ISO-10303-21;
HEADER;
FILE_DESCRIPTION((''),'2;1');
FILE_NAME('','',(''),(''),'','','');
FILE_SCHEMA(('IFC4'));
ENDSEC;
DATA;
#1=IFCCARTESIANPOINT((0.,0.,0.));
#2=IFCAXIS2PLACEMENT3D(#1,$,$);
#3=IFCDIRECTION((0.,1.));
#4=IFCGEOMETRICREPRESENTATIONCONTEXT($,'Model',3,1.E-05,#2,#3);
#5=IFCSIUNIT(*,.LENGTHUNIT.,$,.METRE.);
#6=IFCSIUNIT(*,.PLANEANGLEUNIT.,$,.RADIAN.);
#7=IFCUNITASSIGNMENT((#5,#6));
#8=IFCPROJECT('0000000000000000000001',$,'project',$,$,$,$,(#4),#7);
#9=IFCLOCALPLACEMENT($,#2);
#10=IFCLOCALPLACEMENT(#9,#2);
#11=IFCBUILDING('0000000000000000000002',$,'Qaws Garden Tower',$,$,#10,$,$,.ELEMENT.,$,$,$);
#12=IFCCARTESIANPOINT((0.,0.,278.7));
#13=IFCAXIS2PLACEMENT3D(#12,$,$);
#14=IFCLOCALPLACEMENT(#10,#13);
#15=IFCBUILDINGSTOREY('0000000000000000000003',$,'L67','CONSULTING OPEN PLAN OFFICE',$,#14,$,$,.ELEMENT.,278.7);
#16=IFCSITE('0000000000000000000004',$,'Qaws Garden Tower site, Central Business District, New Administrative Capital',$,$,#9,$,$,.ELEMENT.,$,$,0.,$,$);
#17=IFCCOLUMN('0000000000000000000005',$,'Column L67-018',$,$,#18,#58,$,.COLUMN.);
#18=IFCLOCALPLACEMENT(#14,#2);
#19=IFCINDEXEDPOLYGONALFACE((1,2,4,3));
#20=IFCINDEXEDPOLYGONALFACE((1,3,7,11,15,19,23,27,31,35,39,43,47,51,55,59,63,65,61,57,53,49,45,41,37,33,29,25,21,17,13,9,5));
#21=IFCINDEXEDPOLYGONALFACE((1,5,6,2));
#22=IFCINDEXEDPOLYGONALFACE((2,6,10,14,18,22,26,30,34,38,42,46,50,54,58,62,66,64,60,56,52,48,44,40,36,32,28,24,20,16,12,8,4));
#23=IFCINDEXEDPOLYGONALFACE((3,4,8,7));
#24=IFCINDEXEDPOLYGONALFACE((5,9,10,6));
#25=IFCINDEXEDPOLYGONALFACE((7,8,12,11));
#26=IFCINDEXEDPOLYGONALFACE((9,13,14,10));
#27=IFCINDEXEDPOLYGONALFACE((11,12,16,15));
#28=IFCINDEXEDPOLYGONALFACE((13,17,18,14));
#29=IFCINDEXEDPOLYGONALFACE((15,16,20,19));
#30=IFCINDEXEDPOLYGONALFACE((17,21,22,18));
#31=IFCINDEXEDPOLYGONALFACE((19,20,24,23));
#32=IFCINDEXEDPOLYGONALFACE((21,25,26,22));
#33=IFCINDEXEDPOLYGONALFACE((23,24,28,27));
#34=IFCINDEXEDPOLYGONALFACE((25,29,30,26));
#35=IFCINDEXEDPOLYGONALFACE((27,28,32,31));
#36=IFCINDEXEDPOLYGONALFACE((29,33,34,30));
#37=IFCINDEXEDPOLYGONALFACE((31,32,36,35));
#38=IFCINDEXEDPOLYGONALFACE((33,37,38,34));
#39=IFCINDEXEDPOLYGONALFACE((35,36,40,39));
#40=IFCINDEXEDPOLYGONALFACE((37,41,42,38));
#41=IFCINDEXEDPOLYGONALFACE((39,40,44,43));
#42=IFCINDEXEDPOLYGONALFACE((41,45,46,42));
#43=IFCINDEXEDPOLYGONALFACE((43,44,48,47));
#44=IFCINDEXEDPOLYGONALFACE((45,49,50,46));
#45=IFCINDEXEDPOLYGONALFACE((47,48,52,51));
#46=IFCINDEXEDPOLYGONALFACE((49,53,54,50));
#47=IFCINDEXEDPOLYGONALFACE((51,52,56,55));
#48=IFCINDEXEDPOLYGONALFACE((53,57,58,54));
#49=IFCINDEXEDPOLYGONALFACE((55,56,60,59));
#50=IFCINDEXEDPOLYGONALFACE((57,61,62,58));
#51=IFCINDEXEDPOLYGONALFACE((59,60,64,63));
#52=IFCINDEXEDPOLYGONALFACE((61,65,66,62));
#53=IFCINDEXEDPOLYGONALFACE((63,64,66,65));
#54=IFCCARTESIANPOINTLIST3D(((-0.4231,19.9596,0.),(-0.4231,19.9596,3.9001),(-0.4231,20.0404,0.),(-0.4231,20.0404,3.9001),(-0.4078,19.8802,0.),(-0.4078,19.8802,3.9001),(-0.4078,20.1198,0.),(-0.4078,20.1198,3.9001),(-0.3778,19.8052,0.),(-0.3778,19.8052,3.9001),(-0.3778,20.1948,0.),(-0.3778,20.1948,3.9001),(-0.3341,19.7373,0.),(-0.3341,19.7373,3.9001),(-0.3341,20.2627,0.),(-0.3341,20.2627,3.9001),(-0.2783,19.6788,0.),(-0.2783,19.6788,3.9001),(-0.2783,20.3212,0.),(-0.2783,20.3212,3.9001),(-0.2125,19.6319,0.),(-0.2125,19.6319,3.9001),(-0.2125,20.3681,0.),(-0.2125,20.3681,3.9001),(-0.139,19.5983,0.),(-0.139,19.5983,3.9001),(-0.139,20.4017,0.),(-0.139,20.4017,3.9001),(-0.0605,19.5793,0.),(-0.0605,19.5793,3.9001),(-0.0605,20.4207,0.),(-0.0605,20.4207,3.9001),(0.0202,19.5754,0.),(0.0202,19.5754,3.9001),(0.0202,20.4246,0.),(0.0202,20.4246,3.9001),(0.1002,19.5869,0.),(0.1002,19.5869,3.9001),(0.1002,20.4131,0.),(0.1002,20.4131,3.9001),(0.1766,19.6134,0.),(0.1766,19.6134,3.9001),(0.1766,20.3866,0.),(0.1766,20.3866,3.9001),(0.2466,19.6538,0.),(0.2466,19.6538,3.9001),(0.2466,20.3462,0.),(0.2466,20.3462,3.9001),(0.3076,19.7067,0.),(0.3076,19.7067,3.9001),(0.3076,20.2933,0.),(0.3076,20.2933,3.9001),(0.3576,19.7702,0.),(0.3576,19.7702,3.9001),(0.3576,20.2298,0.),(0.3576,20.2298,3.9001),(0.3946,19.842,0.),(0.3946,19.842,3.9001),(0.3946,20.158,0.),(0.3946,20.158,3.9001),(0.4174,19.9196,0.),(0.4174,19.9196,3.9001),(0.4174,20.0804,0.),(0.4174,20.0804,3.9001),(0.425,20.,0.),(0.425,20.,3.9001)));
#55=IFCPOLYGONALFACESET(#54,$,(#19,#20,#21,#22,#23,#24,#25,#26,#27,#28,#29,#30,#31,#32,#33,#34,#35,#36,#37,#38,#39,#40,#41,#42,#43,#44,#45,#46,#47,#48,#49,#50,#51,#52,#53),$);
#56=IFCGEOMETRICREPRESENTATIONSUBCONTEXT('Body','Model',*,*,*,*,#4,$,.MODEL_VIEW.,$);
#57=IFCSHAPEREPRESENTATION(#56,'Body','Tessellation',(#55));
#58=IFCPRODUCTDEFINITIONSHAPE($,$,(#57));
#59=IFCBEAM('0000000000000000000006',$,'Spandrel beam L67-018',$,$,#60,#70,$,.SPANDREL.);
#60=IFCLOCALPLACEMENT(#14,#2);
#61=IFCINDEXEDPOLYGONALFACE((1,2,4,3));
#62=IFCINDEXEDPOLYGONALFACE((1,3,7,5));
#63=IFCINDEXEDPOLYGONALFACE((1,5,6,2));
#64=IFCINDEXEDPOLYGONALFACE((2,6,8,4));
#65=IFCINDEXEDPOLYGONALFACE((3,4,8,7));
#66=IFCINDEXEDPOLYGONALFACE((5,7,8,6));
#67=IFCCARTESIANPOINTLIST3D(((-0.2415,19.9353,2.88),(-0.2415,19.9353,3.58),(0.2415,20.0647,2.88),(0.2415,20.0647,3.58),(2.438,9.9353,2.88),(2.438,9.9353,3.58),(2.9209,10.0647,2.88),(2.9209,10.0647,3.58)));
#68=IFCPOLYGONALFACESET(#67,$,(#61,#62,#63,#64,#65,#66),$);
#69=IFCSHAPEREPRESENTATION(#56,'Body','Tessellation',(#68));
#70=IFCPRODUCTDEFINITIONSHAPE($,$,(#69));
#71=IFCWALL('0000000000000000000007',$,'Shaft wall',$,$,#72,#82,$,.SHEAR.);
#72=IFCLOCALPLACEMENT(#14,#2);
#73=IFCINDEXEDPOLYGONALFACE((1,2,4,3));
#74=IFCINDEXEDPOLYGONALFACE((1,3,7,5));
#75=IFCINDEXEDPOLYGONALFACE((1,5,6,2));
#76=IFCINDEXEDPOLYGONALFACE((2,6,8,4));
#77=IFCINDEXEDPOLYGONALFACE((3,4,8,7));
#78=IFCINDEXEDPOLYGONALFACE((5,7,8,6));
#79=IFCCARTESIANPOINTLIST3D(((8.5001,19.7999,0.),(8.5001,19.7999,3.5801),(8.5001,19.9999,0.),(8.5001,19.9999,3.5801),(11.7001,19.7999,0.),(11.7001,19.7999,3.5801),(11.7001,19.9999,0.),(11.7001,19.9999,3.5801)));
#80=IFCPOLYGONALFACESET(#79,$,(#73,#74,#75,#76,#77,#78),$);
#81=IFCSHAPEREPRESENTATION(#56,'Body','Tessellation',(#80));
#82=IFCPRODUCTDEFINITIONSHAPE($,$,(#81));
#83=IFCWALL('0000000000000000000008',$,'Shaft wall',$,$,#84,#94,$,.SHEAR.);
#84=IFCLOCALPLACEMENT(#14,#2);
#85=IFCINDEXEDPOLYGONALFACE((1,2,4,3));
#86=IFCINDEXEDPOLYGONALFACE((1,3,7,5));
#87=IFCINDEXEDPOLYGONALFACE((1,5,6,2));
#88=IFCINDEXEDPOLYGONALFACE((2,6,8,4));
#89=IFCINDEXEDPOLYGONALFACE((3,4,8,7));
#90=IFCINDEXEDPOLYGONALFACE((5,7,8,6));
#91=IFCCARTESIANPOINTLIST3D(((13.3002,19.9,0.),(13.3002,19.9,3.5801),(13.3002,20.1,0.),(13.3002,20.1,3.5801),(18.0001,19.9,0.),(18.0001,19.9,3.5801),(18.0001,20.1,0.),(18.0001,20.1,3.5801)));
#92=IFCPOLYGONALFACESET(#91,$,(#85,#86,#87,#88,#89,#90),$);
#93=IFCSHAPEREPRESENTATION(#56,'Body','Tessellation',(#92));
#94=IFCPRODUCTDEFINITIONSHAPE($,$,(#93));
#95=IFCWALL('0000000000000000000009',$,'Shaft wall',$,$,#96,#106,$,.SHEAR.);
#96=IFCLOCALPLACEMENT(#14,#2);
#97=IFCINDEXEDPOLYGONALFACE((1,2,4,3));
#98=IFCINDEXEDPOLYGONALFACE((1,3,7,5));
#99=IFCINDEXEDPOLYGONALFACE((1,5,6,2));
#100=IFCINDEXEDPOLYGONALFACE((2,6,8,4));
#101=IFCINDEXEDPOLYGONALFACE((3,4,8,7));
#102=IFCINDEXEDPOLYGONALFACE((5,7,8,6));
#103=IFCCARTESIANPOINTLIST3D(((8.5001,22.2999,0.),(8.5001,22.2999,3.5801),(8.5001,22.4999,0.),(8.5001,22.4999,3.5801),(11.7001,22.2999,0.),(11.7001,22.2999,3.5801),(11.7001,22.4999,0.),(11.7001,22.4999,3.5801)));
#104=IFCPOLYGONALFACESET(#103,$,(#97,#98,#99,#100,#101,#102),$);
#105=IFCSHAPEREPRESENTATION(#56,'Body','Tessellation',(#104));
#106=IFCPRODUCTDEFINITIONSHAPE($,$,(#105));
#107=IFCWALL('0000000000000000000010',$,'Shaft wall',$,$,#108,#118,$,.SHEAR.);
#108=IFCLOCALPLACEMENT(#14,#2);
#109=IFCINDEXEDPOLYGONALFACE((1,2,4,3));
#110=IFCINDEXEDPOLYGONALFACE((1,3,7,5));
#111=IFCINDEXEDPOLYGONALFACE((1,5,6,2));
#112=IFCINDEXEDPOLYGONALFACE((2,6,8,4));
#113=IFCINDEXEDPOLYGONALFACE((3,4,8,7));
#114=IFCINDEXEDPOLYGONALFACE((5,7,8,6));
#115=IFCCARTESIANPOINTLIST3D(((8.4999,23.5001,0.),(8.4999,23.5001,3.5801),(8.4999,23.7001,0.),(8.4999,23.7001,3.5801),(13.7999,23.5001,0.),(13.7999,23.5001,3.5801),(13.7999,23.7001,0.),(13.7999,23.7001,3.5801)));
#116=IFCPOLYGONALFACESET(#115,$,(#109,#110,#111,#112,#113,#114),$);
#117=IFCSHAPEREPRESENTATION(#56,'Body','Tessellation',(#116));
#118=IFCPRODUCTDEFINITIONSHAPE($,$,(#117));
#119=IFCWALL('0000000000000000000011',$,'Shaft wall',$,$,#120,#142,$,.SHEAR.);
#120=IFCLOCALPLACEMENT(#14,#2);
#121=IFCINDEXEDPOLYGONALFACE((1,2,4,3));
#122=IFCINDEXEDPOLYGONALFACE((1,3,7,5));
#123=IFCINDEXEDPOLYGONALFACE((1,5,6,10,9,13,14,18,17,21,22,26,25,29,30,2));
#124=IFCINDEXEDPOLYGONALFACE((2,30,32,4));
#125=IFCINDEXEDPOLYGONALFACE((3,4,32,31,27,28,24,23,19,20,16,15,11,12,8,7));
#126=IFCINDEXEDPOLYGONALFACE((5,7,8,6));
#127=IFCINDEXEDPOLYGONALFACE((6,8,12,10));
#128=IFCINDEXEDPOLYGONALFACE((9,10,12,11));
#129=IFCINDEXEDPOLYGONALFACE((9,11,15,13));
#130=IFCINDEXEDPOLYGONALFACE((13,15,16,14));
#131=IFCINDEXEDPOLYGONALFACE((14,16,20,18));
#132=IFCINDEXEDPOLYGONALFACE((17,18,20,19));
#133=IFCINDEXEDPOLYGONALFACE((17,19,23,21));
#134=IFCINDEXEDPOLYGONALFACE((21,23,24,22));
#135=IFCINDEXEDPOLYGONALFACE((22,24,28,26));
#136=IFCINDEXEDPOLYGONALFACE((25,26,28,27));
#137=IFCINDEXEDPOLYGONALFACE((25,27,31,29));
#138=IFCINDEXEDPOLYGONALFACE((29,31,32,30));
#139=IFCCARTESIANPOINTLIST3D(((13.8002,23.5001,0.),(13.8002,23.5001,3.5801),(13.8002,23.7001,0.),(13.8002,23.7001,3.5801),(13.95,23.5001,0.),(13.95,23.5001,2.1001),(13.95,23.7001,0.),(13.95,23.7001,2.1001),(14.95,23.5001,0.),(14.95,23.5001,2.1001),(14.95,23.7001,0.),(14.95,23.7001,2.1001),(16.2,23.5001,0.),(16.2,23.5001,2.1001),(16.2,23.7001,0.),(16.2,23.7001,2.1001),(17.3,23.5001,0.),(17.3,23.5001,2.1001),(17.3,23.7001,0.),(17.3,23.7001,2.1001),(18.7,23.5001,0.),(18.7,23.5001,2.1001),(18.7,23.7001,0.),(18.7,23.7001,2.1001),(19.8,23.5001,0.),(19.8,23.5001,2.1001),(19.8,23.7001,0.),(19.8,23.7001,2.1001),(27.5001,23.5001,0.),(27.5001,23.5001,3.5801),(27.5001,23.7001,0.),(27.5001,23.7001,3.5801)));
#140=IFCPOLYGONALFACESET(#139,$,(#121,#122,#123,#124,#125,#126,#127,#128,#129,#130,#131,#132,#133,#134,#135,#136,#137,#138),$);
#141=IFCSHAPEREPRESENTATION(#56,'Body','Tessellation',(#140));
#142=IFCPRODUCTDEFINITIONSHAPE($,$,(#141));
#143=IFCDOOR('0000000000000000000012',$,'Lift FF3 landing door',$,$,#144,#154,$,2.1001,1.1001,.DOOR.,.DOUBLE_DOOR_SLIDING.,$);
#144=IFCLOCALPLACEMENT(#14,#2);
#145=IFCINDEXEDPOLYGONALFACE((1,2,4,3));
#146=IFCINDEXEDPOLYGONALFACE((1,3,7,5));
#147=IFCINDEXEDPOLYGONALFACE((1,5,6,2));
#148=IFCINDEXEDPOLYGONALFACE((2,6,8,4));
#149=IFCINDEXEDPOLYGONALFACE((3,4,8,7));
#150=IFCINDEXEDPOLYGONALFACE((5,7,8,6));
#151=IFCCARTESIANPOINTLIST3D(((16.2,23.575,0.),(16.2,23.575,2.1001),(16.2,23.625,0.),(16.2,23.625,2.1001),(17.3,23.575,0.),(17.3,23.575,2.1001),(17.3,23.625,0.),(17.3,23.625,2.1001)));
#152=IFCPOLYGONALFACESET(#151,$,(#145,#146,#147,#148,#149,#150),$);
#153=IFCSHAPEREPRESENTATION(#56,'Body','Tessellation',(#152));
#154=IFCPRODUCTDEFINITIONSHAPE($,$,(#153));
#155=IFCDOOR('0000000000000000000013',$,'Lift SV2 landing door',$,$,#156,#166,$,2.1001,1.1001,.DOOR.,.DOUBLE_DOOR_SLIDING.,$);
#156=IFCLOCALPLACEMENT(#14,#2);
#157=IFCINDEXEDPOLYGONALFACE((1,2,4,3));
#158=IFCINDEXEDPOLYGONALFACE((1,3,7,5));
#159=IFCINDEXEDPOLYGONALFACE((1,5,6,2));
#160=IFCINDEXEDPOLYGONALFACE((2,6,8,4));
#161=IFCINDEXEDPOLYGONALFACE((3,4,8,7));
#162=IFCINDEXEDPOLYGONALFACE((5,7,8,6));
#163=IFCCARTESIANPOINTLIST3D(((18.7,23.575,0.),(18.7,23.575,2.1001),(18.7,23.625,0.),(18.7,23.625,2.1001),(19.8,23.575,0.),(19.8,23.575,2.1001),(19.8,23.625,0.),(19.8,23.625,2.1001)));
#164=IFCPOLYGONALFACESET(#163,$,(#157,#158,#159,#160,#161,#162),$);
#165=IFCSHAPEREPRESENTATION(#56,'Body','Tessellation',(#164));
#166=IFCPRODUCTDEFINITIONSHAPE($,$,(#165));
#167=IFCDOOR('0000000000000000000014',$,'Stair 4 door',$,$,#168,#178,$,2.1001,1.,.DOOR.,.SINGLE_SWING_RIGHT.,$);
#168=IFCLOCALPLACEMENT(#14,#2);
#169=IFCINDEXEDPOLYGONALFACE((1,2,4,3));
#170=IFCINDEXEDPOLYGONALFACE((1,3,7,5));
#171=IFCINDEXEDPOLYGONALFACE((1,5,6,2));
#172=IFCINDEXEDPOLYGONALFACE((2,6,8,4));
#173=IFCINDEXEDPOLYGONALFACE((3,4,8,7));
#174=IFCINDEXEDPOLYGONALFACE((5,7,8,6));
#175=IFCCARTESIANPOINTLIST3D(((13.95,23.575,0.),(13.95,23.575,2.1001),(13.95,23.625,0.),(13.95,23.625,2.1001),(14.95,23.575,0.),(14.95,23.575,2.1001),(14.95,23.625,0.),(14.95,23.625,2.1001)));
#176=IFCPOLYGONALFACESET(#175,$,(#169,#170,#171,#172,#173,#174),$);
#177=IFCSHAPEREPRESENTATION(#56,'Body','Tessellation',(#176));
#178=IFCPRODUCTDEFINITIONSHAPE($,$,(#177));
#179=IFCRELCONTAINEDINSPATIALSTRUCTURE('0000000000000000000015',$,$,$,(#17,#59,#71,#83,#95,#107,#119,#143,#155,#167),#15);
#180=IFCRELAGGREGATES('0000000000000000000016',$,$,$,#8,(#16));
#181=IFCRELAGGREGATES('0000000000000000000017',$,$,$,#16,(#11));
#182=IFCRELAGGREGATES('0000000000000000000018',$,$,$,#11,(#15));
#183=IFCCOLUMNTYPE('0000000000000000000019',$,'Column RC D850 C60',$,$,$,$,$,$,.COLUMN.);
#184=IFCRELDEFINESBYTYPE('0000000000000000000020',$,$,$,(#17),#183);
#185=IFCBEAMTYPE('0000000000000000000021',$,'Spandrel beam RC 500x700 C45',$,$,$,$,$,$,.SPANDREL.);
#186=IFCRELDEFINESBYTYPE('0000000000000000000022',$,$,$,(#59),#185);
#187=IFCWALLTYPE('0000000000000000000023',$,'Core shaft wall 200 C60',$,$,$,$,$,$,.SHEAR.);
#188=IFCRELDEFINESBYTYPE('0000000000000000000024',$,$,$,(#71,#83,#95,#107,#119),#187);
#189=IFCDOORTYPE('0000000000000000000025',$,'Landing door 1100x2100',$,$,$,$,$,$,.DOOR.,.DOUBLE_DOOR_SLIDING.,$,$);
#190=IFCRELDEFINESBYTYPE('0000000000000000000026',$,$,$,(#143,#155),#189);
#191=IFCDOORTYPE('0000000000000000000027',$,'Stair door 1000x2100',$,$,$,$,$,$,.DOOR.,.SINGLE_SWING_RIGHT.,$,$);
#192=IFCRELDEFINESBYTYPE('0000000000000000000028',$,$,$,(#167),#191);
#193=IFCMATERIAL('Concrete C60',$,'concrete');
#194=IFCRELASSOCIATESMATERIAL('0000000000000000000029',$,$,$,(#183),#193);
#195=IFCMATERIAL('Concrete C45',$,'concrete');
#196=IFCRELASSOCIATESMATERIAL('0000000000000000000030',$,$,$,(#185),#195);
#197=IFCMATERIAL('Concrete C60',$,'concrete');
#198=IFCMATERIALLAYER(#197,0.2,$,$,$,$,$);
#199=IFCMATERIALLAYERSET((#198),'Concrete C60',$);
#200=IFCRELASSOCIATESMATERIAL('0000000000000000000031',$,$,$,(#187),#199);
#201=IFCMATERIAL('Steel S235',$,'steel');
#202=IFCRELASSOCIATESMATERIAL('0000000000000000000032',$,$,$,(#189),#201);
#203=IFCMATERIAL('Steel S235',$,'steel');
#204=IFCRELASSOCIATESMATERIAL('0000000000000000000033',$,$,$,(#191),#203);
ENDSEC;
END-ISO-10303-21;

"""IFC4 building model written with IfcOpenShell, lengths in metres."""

from ifc_helpers import new_model, si_unit, direction, frame, frame_2d, origin, origin_2d, place, context, subcontext, project, spatial, rectangle, circle, extrude, material, layer, layer_set, material_profile, profile_set, type_object, element, fill, save


model = new_model("IFC4")

# Units and contexts
model_context = context("Model", 3, precision=1e-05, world=origin(), true_north=direction((0.0, 1.0)))
body_context = subcontext(model_context, "Body", "Model", "MODEL_VIEW")
ifc_project = project(units=[si_unit("LENGTHUNIT", "METRE"), si_unit("PLANEANGLEUNIT", "RADIAN")], contexts=[model_context])

# Site, building, storey
site_placement = place(None, origin())
site = spatial("IfcSite", under=ifc_project, at=site_placement, Name="Qaws Garden Tower site, Central Business District, New Administrative Capital", CompositionType="ELEMENT", RefElevation=0.0)
building_placement = place(site_placement, origin())
building = spatial("IfcBuilding", under=site, at=building_placement, Name="Qaws Garden Tower", CompositionType="ELEMENT")
storey_placement = place(building_placement, frame((0.0, 0.0, 278.7)))
storey = spatial("IfcBuildingStorey", under=building, at=storey_placement, Name="L67", Description="CONSULTING OPEN PLAN OFFICE", CompositionType="ELEMENT", Elevation=278.7)

# Column
ifc_material_1 = material(Name="Concrete C60", Category="concrete")
ifc_material_profile_1 = material_profile(ifc_material_1, circle(Radius=0.425, at=origin_2d()), Name="RC D850")
ifc_profile_set_1 = profile_set([ifc_material_profile_1], Name="Concrete C60")
column_type = type_object("IfcColumnType", Name="Column RC D850 C60", PredefinedType="COLUMN", material=ifc_profile_set_1)
column_placement = place(storey_placement, frame((0.0, 20.0, 0.0), z_axis=(0.0, 0.0, 1.0), x_axis=(1.0, 0.0, 0.0)))
element("IfcColumn", 1, at=column_placement, inside=storey, type_object=column_type, Name="Column L67-018", PredefinedType="COLUMN", context=body_context, shape_type="SweptSolid", body=[
    extrude(circle(Radius=0.425, at=origin_2d()), origin(), (0.0, 0.0, 1.0), 3.9001),
])

# Beam
ifc_material_2 = material(Name="Concrete C45", Category="concrete")
ifc_material_profile_2 = material_profile(ifc_material_2, rectangle(XDim=0.5, YDim=0.7, at=origin_2d()), Name="RC 500x700")
ifc_profile_set_2 = profile_set([ifc_material_profile_2], Name="Concrete C45")
beam_type = type_object("IfcBeamType", Name="Spandrel beam RC 500x700 C45", PredefinedType="SPANDREL", material=ifc_profile_set_2)
beam_placement = place(storey_placement, frame((0.0, 20.0, 3.23), z_axis=(0.258815, -0.965927, 0.0), x_axis=(0.965927, 0.258815, 0.0)))
element("IfcBeam", 2, at=beam_placement, inside=storey, type_object=beam_type, Name="Spandrel beam L67-018", PredefinedType="SPANDREL", context=body_context, shape_type="SweptSolid", body=[
    extrude(rectangle(XDim=0.5, YDim=0.7, at=origin_2d()), origin(), (0.0, 0.0, 1.0), 10.3528),
])

# Walls
ifc_material_3 = material(Name="Concrete C60", Category="concrete")
ifc_layer_1 = layer(ifc_material_3, 0.2)
ifc_layer_set_1 = layer_set([ifc_layer_1], Name="Concrete C60")
wall_type_1 = type_object("IfcWallType", Name="Core shaft wall 200 C60", PredefinedType="SHEAR", material=ifc_layer_set_1)
wall_1_placement = place(storey_placement, frame((8.5, 19.8999, 0.0), z_axis=(0.0, 0.0, 1.0), x_axis=(1.0, 0.0, 0.0)))
element("IfcWall", 3, at=wall_1_placement, inside=storey, type_object=wall_type_1, Name="Shaft wall", PredefinedType="SHEAR", context=body_context, shape_type="SweptSolid", body=[
    extrude(rectangle(XDim=3.2, YDim=0.2, at=frame_2d((1.6001, 0.0))), origin(), (0.0, 0.0, 1.0), 3.5801),
])
wall_2_placement = place(storey_placement, frame((13.3, 20.0, 0.0), z_axis=(0.0, 0.0, 1.0), x_axis=(1.0, 0.0, 0.0)))
element("IfcWall", 4, at=wall_2_placement, inside=storey, type_object=wall_type_1, Name="Shaft wall", PredefinedType="SHEAR", context=body_context, shape_type="SweptSolid", body=[
    extrude(rectangle(XDim=4.7, YDim=0.2, at=frame_2d((2.3501, 0.0))), origin(), (0.0, 0.0, 1.0), 3.5801),
])
wall_3_placement = place(storey_placement, frame((8.5, 22.3999, 0.0), z_axis=(0.0, 0.0, 1.0), x_axis=(1.0, 0.0, 0.0)))
element("IfcWall", 5, at=wall_3_placement, inside=storey, type_object=wall_type_1, Name="Shaft wall", PredefinedType="SHEAR", context=body_context, shape_type="SweptSolid", body=[
    extrude(rectangle(XDim=3.2, YDim=0.2, at=frame_2d((1.6001, 0.0))), origin(), (0.0, 0.0, 1.0), 3.5801),
])
wall_4_placement = place(storey_placement, frame((8.5, 23.6001, 0.0), z_axis=(0.0, 0.0, 1.0), x_axis=(1.0, 0.0, 0.0)))
element("IfcWall", 6, at=wall_4_placement, inside=storey, type_object=wall_type_1, Name="Shaft wall", PredefinedType="SHEAR", context=body_context, shape_type="SweptSolid", body=[
    extrude(rectangle(XDim=5.3, YDim=0.2, at=frame_2d((2.6499, 0.0))), origin(), (0.0, 0.0, 1.0), 3.5801),
])

# Wall, openings, doors
wall_5_placement = place(storey_placement, frame((13.8, 23.6001, 0.0), z_axis=(0.0, 0.0, 1.0), x_axis=(1.0, 0.0, 0.0)))
wall_5 = element("IfcWall", 7, at=wall_5_placement, inside=storey, type_object=wall_type_1, Name="Shaft wall", PredefinedType="SHEAR", context=body_context, shape_type="SweptSolid", body=[
    extrude(rectangle(XDim=13.7, YDim=0.2, at=frame_2d((6.8501, 0.0))), origin(), (0.0, 0.0, 1.0), 3.5801),
])
opening_1_placement = place(wall_5_placement, frame((2.3999, 0.0, 0.0)))
opening_1 = element("IfcOpeningElement", 8, at=opening_1_placement, cuts=wall_5, PredefinedType="OPENING", context=body_context, shape_type="SweptSolid", body=[
    extrude(rectangle(XDim=1.1001, YDim=2.1001, at=frame_2d((0.55, 1.05))), frame((0.0, 0.1099, 0.0), z_axis=(0.0, -1.0, 0.0), x_axis=(1.0, 0.0, 0.0)), (0.0, 0.0, 1.0), 0.22),
])
opening_2_placement = place(wall_5_placement, frame((4.8999, 0.0, 0.0)))
opening_2 = element("IfcOpeningElement", 9, at=opening_2_placement, cuts=wall_5, PredefinedType="OPENING", context=body_context, shape_type="SweptSolid", body=[
    extrude(rectangle(XDim=1.1001, YDim=2.1001, at=frame_2d((0.55, 1.05))), frame((0.0, 0.1099, 0.0), z_axis=(0.0, -1.0, 0.0), x_axis=(1.0, 0.0, 0.0)), (0.0, 0.0, 1.0), 0.22),
])
opening_3_placement = place(wall_5_placement, frame((0.1499, 0.0, 0.0)))
opening_3 = element("IfcOpeningElement", 10, at=opening_3_placement, cuts=wall_5, PredefinedType="OPENING", context=body_context, shape_type="SweptSolid", body=[
    extrude(rectangle(XDim=1.0, YDim=2.1001, at=frame_2d((0.5, 1.05))), frame((0.0, 0.1099, 0.0), z_axis=(0.0, -1.0, 0.0), x_axis=(1.0, 0.0, 0.0)), (0.0, 0.0, 1.0), 0.22),
])
ifc_material_4 = material(Name="Steel S235", Category="steel")
door_type_1 = type_object("IfcDoorType", Name="Landing door 1100x2100", OperationType="DOUBLE_DOOR_SLIDING", PredefinedType="DOOR", material=ifc_material_4)
door_1_placement = place(opening_1_placement, origin())
door_1 = element("IfcDoor", 11, at=door_1_placement, inside=storey, type_object=door_type_1, Name="Lift FF3 landing door", OperationType="DOUBLE_DOOR_SLIDING", OverallHeight=2.1001, OverallWidth=1.1001, PredefinedType="DOOR", context=body_context, shape_type="SweptSolid", body=[
    extrude(rectangle(XDim=1.1001, YDim=2.1001, at=frame_2d((0.55, 1.05))), frame((0.0, 0.0249, 0.0), z_axis=(0.0, -1.0, 0.0), x_axis=(1.0, 0.0, 0.0)), (0.0, 0.0, 1.0), 0.05),
])
fill(opening_1, door_1)
door_2_placement = place(opening_2_placement, origin())
door_2 = element("IfcDoor", 12, at=door_2_placement, inside=storey, type_object=door_type_1, Name="Lift SV2 landing door", OperationType="DOUBLE_DOOR_SLIDING", OverallHeight=2.1001, OverallWidth=1.1001, PredefinedType="DOOR", context=body_context, shape_type="SweptSolid", body=[
    extrude(rectangle(XDim=1.1001, YDim=2.1001, at=frame_2d((0.55, 1.05))), frame((0.0, 0.0249, 0.0), z_axis=(0.0, -1.0, 0.0), x_axis=(1.0, 0.0, 0.0)), (0.0, 0.0, 1.0), 0.05),
])
fill(opening_2, door_2)
ifc_material_5 = material(Name="Steel S235", Category="steel")
door_type_2 = type_object("IfcDoorType", Name="Stair door 1000x2100", OperationType="SINGLE_SWING_RIGHT", PredefinedType="DOOR", material=ifc_material_5)
door_3_placement = place(opening_3_placement, origin())
door_3 = element("IfcDoor", 13, at=door_3_placement, inside=storey, type_object=door_type_2, Name="Stair 4 door", OperationType="SINGLE_SWING_RIGHT", OverallHeight=2.1001, OverallWidth=1.0, PredefinedType="DOOR", context=body_context, shape_type="SweptSolid", body=[
    extrude(rectangle(XDim=1.0, YDim=2.1001, at=frame_2d((0.5, 1.05))), frame((0.0, 0.0249, 0.0), z_axis=(0.0, -1.0, 0.0), x_axis=(1.0, 0.0, 0.0)), (0.0, 0.0, 1.0), 0.05),
])
fill(opening_3, door_3)

save(model, "model.ifc")
